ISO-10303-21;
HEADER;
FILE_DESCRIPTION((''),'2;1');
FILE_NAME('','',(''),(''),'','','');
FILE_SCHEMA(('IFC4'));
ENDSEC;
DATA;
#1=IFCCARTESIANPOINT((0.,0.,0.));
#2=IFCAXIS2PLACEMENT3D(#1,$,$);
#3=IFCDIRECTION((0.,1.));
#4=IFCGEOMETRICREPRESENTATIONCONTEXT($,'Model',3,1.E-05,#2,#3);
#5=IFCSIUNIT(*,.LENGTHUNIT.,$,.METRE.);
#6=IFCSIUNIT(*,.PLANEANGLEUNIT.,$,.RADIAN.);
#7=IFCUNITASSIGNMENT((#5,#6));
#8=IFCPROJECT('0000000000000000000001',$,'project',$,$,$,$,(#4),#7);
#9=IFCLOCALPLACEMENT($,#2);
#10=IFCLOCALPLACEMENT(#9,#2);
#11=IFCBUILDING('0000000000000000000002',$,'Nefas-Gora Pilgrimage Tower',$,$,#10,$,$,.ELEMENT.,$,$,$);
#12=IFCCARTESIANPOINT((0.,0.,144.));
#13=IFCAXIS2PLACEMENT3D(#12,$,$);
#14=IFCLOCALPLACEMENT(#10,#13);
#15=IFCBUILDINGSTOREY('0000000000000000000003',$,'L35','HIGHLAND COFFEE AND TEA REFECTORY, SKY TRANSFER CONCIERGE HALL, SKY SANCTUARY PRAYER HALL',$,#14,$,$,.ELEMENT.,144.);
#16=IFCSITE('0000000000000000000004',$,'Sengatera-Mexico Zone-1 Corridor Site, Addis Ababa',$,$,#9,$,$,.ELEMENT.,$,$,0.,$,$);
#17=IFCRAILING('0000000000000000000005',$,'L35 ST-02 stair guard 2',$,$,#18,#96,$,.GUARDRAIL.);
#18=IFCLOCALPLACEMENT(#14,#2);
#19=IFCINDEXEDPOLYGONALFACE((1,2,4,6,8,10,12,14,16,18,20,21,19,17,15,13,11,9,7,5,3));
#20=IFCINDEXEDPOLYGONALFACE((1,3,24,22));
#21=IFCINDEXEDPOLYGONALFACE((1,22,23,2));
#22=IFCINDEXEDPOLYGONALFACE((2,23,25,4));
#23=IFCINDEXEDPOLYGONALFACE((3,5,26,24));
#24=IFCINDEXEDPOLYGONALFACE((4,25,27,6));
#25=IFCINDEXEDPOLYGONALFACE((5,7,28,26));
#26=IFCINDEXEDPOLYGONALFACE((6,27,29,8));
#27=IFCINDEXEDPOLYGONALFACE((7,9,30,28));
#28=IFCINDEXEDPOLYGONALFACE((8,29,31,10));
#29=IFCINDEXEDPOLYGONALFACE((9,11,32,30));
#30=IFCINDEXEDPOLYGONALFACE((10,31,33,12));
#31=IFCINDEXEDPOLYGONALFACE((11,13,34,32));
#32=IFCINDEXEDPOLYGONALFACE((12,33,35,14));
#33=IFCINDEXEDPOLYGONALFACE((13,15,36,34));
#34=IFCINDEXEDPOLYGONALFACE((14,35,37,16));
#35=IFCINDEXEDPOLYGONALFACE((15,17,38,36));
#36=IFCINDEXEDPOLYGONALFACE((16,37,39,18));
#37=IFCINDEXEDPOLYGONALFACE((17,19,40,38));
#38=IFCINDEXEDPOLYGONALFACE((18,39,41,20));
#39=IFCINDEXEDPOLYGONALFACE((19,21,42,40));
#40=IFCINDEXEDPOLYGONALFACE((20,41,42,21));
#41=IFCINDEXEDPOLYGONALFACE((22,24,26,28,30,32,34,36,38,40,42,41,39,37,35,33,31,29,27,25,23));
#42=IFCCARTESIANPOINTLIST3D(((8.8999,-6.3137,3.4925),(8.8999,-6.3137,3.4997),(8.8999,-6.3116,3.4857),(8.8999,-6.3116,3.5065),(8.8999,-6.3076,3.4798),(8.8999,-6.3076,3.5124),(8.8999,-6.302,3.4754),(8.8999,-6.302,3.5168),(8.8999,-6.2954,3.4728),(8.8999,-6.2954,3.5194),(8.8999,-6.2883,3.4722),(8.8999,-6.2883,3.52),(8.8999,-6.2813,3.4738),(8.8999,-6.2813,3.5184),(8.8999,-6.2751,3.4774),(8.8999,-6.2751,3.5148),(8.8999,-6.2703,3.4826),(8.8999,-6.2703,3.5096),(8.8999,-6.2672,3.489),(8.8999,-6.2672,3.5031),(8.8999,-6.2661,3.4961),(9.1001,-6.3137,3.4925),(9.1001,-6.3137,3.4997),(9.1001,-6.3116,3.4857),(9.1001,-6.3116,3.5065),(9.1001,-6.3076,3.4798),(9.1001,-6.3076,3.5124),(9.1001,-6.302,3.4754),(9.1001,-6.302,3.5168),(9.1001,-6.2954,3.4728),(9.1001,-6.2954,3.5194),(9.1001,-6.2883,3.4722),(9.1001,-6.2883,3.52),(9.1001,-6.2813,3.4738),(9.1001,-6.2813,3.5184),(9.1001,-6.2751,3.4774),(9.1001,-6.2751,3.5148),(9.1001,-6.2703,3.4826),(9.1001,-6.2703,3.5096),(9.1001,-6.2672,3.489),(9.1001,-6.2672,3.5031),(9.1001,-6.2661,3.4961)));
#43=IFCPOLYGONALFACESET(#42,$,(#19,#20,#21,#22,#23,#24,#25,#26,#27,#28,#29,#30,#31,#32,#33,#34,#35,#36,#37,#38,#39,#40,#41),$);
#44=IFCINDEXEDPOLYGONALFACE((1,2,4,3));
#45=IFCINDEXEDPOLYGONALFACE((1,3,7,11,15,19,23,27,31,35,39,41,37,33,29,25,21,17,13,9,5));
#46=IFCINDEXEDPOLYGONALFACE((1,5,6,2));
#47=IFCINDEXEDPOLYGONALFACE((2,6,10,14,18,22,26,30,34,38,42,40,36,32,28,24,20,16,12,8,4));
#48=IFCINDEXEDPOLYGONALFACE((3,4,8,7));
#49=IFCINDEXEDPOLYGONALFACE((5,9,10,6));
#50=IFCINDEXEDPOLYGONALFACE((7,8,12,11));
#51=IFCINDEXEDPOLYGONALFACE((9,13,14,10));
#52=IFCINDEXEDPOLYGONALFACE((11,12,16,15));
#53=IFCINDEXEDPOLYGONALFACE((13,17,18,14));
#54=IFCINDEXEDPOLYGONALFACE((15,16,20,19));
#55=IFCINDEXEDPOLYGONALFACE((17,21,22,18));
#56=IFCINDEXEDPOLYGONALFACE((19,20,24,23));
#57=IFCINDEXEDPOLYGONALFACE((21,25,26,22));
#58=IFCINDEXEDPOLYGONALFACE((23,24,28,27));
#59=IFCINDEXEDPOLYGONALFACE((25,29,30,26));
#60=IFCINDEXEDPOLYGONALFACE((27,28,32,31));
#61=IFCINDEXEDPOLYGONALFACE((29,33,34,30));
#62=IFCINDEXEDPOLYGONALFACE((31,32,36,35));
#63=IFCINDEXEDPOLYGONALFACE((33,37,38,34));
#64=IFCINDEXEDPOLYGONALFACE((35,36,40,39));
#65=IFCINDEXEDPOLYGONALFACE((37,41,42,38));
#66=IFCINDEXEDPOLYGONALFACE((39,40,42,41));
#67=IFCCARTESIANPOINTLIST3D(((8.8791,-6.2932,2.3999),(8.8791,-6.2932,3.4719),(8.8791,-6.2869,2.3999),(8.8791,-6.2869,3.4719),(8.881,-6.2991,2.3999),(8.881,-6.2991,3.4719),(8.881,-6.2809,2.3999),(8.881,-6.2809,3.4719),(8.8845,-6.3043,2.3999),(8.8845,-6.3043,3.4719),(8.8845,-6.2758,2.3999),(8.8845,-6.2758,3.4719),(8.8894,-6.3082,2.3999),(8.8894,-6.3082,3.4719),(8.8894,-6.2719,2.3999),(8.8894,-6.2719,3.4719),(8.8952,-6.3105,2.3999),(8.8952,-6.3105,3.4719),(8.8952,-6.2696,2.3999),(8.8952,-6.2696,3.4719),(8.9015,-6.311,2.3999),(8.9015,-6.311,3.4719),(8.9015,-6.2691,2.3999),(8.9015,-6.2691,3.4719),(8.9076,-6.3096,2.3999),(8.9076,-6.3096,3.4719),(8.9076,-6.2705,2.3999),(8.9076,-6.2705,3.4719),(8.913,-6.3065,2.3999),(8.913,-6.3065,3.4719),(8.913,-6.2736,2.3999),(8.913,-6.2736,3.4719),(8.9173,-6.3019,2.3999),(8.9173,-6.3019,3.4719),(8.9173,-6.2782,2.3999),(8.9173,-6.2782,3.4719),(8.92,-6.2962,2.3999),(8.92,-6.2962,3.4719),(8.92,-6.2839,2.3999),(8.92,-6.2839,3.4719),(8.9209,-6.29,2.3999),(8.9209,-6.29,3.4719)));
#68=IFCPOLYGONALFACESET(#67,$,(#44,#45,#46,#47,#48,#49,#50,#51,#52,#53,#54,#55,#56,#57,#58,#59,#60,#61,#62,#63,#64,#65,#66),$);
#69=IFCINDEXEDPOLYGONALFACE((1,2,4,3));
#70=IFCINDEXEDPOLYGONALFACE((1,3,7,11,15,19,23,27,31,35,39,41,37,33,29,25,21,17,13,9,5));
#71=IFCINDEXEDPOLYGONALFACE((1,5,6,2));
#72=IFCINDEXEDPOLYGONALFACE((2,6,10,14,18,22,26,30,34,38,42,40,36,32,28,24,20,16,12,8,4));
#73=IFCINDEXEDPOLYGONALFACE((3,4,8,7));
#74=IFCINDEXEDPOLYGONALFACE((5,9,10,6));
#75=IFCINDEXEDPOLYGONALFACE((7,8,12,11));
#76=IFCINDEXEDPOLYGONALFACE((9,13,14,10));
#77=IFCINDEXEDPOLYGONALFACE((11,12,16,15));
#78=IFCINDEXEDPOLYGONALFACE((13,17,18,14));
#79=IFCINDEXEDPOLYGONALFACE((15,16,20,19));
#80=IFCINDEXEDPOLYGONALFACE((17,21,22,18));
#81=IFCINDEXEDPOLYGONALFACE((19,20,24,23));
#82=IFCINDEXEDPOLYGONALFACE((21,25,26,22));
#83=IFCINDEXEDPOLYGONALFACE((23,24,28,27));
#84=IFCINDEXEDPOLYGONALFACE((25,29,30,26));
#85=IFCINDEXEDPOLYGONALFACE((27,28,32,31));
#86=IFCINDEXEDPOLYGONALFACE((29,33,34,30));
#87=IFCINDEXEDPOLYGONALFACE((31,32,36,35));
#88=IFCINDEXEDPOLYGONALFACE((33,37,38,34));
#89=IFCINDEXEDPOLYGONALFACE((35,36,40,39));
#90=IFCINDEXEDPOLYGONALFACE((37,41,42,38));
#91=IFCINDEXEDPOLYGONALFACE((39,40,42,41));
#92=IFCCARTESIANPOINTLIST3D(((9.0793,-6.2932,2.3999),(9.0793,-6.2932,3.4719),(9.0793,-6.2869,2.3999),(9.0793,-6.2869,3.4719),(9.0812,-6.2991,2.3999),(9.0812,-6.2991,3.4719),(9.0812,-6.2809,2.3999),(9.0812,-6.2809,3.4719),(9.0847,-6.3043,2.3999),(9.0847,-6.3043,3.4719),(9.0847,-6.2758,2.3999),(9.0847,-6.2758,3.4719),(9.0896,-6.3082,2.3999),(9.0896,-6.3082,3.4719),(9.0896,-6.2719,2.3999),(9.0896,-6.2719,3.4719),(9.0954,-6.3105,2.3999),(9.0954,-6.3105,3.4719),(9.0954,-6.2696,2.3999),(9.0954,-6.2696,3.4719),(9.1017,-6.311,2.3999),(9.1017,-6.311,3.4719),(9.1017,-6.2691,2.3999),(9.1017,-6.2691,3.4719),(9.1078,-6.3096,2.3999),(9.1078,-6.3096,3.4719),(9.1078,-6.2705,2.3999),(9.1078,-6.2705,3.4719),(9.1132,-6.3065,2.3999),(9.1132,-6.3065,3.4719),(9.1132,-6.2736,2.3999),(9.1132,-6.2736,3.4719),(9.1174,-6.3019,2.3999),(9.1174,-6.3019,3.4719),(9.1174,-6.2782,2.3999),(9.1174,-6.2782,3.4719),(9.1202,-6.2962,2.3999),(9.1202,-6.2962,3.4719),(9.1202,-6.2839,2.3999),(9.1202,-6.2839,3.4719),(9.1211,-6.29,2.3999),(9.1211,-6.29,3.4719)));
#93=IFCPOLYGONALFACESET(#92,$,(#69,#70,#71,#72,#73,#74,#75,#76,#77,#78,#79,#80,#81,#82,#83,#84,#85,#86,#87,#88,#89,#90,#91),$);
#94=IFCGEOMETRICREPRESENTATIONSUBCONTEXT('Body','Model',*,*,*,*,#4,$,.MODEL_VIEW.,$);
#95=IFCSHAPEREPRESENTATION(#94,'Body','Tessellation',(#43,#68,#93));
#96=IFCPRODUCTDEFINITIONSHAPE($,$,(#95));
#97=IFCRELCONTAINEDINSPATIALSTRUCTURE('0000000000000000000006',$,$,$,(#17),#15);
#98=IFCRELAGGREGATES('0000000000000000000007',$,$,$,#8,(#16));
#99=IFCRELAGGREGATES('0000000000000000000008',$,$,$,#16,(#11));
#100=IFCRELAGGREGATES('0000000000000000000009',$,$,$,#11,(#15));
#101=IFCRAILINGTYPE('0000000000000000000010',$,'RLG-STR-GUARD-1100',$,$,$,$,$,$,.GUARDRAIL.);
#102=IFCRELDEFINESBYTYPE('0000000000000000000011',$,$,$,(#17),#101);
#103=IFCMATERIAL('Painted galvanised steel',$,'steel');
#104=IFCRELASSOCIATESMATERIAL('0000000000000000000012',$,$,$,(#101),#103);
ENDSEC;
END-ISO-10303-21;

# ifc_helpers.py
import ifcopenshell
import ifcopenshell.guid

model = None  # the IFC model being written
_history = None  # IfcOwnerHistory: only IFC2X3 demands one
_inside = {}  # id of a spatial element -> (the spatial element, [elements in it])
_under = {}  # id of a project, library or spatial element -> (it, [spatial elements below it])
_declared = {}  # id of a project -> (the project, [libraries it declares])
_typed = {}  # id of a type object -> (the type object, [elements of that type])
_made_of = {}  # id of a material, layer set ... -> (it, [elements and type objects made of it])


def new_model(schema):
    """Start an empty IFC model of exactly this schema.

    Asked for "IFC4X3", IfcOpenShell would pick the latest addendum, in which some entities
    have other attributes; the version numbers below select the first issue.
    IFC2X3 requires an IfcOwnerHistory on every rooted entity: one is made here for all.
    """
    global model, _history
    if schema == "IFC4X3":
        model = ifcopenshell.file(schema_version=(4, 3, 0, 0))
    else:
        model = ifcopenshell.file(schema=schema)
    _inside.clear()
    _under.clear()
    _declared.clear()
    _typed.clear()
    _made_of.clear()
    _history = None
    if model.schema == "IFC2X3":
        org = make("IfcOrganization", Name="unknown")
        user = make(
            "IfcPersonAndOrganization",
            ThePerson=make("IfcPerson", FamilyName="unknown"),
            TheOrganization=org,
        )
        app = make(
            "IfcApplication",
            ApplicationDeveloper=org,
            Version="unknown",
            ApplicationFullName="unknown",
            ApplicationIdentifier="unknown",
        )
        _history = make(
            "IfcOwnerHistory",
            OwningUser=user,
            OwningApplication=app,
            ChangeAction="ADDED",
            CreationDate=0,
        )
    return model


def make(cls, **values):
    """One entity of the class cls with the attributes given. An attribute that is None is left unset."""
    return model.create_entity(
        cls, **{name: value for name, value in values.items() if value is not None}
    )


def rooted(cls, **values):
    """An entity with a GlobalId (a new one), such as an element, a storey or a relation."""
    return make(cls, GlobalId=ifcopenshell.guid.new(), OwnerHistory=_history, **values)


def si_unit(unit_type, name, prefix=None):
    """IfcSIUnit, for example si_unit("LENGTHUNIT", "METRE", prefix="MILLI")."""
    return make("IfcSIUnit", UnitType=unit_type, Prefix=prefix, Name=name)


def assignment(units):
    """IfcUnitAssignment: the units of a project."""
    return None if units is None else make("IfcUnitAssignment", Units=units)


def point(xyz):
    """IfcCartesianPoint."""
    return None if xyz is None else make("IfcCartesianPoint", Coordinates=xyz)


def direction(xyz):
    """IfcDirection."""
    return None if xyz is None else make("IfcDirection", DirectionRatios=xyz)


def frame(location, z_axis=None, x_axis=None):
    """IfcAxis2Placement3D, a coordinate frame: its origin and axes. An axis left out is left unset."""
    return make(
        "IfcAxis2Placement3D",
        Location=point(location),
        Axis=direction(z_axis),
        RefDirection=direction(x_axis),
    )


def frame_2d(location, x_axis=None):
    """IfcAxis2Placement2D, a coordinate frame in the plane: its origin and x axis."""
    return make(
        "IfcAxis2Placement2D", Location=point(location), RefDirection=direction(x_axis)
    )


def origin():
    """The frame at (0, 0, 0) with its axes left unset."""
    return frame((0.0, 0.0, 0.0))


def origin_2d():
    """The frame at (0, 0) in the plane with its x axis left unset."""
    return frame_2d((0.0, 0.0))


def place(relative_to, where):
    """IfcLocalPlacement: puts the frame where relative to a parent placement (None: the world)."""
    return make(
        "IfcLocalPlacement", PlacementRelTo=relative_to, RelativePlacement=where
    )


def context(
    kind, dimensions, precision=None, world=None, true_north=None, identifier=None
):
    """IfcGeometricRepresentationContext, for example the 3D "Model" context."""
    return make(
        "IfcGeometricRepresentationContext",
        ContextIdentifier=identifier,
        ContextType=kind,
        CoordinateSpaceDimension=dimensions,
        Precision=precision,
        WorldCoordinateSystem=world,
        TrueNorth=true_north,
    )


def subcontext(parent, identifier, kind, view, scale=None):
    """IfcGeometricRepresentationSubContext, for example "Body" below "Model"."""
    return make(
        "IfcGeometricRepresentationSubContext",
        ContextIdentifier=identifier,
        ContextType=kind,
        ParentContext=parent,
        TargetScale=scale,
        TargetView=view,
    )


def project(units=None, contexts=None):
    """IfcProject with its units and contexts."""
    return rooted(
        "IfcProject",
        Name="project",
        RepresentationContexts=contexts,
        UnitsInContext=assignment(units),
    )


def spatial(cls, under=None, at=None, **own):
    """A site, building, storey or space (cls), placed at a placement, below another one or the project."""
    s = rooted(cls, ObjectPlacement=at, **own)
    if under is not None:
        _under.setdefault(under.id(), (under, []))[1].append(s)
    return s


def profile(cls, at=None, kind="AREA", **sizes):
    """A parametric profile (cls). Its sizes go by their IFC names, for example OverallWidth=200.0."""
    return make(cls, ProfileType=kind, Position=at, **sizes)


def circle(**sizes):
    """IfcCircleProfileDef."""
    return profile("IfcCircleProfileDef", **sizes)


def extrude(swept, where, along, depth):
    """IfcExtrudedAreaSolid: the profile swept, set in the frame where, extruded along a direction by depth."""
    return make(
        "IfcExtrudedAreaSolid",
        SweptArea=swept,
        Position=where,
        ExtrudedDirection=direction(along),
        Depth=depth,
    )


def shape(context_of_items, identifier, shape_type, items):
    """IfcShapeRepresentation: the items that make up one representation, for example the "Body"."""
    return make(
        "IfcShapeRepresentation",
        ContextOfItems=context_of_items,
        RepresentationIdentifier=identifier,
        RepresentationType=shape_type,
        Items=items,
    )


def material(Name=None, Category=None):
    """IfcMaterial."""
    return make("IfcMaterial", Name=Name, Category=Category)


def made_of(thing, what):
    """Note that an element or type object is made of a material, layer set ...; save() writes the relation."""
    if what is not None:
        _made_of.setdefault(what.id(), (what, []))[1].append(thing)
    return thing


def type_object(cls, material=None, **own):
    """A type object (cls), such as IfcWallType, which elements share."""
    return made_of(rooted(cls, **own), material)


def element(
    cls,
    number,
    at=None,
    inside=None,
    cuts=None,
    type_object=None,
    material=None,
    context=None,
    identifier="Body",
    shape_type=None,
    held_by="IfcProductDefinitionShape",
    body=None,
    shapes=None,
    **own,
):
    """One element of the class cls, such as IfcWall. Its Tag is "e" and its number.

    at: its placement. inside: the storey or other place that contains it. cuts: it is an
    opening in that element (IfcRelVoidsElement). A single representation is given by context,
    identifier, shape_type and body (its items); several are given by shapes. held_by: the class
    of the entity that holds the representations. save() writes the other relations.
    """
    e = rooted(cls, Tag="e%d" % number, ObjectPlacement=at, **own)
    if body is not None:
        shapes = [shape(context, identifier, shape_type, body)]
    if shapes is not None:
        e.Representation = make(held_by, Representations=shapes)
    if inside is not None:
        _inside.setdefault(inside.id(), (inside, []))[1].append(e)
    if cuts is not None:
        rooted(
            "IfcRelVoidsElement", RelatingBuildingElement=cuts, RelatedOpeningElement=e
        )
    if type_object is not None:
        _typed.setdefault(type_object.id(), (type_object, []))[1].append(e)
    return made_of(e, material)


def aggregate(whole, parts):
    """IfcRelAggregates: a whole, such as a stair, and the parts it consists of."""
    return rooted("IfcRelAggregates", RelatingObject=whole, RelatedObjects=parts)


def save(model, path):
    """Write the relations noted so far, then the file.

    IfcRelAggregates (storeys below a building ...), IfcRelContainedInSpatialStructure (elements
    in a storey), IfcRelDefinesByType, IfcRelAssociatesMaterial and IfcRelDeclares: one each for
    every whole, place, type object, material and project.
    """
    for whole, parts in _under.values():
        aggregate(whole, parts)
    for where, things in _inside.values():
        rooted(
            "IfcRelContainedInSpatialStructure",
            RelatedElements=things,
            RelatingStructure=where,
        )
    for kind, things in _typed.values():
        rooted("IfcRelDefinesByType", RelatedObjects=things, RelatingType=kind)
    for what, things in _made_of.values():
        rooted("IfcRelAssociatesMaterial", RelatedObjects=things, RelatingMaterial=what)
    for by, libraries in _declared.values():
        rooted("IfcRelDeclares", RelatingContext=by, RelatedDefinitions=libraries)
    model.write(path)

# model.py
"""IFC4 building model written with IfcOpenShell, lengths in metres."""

from ifc_helpers import new_model, si_unit, direction, frame, origin, origin_2d, place, context, subcontext, project, spatial, circle, extrude, material, type_object, element, save


model = new_model("IFC4")

# Units and contexts
model_context = context("Model", 3, precision=1e-05, world=origin(), true_north=direction((0.0, 1.0)))
body_context = subcontext(model_context, "Body", "Model", "MODEL_VIEW")
ifc_project = project(units=[si_unit("LENGTHUNIT", "METRE"), si_unit("PLANEANGLEUNIT", "RADIAN")], contexts=[model_context])

# Site, building, storey
site_placement = place(None, origin())
site = spatial("IfcSite", under=ifc_project, at=site_placement, Name="Sengatera-Mexico Zone-1 Corridor Site, Addis Ababa", CompositionType="ELEMENT", RefElevation=0.0)
building_placement = place(site_placement, origin())
building = spatial("IfcBuilding", under=site, at=building_placement, Name="Nefas-Gora Pilgrimage Tower", CompositionType="ELEMENT")
storey_placement = place(building_placement, frame((0.0, 0.0, 144.0)))
storey = spatial("IfcBuildingStorey", under=building, at=storey_placement, Name="L35", Description="HIGHLAND COFFEE AND TEA REFECTORY, SKY TRANSFER CONCIERGE HALL, SKY SANCTUARY PRAYER HALL", CompositionType="ELEMENT", Elevation=144.0)

# Railing
ifc_material_1 = material(Name="Painted galvanised steel", Category="steel")
railing_type_1 = type_object("IfcRailingType", Name="RLG-STR-GUARD-1100", PredefinedType="GUARDRAIL", material=ifc_material_1)
railing_1_placement = place(storey_placement, frame((8.8999, -6.29, 2.3999)))
element("IfcRailing", 1, at=railing_1_placement, inside=storey, type_object=railing_type_1, Name="L35 ST-02 stair guard 2", PredefinedType="GUARDRAIL", context=body_context, shape_type="SweptSolid", body=[
    extrude(circle(Radius=0.0239, at=origin_2d()), frame((0.0, 0.0, 1.0962), z_axis=(1.0, 0.0, 0.0), x_axis=(0.0, 1.0, 0.0)), (0.0, 0.0, 1.0), 0.2002),
    extrude(circle(Radius=0.021, at=origin_2d()), origin(), (0.0, 0.0, 1.0), 1.072),
    extrude(circle(Radius=0.021, at=origin_2d()), frame((0.2002, 0.0, 0.0)), (0.0, 0.0, 1.0), 1.072),
])

save(model, "model.ifc")
